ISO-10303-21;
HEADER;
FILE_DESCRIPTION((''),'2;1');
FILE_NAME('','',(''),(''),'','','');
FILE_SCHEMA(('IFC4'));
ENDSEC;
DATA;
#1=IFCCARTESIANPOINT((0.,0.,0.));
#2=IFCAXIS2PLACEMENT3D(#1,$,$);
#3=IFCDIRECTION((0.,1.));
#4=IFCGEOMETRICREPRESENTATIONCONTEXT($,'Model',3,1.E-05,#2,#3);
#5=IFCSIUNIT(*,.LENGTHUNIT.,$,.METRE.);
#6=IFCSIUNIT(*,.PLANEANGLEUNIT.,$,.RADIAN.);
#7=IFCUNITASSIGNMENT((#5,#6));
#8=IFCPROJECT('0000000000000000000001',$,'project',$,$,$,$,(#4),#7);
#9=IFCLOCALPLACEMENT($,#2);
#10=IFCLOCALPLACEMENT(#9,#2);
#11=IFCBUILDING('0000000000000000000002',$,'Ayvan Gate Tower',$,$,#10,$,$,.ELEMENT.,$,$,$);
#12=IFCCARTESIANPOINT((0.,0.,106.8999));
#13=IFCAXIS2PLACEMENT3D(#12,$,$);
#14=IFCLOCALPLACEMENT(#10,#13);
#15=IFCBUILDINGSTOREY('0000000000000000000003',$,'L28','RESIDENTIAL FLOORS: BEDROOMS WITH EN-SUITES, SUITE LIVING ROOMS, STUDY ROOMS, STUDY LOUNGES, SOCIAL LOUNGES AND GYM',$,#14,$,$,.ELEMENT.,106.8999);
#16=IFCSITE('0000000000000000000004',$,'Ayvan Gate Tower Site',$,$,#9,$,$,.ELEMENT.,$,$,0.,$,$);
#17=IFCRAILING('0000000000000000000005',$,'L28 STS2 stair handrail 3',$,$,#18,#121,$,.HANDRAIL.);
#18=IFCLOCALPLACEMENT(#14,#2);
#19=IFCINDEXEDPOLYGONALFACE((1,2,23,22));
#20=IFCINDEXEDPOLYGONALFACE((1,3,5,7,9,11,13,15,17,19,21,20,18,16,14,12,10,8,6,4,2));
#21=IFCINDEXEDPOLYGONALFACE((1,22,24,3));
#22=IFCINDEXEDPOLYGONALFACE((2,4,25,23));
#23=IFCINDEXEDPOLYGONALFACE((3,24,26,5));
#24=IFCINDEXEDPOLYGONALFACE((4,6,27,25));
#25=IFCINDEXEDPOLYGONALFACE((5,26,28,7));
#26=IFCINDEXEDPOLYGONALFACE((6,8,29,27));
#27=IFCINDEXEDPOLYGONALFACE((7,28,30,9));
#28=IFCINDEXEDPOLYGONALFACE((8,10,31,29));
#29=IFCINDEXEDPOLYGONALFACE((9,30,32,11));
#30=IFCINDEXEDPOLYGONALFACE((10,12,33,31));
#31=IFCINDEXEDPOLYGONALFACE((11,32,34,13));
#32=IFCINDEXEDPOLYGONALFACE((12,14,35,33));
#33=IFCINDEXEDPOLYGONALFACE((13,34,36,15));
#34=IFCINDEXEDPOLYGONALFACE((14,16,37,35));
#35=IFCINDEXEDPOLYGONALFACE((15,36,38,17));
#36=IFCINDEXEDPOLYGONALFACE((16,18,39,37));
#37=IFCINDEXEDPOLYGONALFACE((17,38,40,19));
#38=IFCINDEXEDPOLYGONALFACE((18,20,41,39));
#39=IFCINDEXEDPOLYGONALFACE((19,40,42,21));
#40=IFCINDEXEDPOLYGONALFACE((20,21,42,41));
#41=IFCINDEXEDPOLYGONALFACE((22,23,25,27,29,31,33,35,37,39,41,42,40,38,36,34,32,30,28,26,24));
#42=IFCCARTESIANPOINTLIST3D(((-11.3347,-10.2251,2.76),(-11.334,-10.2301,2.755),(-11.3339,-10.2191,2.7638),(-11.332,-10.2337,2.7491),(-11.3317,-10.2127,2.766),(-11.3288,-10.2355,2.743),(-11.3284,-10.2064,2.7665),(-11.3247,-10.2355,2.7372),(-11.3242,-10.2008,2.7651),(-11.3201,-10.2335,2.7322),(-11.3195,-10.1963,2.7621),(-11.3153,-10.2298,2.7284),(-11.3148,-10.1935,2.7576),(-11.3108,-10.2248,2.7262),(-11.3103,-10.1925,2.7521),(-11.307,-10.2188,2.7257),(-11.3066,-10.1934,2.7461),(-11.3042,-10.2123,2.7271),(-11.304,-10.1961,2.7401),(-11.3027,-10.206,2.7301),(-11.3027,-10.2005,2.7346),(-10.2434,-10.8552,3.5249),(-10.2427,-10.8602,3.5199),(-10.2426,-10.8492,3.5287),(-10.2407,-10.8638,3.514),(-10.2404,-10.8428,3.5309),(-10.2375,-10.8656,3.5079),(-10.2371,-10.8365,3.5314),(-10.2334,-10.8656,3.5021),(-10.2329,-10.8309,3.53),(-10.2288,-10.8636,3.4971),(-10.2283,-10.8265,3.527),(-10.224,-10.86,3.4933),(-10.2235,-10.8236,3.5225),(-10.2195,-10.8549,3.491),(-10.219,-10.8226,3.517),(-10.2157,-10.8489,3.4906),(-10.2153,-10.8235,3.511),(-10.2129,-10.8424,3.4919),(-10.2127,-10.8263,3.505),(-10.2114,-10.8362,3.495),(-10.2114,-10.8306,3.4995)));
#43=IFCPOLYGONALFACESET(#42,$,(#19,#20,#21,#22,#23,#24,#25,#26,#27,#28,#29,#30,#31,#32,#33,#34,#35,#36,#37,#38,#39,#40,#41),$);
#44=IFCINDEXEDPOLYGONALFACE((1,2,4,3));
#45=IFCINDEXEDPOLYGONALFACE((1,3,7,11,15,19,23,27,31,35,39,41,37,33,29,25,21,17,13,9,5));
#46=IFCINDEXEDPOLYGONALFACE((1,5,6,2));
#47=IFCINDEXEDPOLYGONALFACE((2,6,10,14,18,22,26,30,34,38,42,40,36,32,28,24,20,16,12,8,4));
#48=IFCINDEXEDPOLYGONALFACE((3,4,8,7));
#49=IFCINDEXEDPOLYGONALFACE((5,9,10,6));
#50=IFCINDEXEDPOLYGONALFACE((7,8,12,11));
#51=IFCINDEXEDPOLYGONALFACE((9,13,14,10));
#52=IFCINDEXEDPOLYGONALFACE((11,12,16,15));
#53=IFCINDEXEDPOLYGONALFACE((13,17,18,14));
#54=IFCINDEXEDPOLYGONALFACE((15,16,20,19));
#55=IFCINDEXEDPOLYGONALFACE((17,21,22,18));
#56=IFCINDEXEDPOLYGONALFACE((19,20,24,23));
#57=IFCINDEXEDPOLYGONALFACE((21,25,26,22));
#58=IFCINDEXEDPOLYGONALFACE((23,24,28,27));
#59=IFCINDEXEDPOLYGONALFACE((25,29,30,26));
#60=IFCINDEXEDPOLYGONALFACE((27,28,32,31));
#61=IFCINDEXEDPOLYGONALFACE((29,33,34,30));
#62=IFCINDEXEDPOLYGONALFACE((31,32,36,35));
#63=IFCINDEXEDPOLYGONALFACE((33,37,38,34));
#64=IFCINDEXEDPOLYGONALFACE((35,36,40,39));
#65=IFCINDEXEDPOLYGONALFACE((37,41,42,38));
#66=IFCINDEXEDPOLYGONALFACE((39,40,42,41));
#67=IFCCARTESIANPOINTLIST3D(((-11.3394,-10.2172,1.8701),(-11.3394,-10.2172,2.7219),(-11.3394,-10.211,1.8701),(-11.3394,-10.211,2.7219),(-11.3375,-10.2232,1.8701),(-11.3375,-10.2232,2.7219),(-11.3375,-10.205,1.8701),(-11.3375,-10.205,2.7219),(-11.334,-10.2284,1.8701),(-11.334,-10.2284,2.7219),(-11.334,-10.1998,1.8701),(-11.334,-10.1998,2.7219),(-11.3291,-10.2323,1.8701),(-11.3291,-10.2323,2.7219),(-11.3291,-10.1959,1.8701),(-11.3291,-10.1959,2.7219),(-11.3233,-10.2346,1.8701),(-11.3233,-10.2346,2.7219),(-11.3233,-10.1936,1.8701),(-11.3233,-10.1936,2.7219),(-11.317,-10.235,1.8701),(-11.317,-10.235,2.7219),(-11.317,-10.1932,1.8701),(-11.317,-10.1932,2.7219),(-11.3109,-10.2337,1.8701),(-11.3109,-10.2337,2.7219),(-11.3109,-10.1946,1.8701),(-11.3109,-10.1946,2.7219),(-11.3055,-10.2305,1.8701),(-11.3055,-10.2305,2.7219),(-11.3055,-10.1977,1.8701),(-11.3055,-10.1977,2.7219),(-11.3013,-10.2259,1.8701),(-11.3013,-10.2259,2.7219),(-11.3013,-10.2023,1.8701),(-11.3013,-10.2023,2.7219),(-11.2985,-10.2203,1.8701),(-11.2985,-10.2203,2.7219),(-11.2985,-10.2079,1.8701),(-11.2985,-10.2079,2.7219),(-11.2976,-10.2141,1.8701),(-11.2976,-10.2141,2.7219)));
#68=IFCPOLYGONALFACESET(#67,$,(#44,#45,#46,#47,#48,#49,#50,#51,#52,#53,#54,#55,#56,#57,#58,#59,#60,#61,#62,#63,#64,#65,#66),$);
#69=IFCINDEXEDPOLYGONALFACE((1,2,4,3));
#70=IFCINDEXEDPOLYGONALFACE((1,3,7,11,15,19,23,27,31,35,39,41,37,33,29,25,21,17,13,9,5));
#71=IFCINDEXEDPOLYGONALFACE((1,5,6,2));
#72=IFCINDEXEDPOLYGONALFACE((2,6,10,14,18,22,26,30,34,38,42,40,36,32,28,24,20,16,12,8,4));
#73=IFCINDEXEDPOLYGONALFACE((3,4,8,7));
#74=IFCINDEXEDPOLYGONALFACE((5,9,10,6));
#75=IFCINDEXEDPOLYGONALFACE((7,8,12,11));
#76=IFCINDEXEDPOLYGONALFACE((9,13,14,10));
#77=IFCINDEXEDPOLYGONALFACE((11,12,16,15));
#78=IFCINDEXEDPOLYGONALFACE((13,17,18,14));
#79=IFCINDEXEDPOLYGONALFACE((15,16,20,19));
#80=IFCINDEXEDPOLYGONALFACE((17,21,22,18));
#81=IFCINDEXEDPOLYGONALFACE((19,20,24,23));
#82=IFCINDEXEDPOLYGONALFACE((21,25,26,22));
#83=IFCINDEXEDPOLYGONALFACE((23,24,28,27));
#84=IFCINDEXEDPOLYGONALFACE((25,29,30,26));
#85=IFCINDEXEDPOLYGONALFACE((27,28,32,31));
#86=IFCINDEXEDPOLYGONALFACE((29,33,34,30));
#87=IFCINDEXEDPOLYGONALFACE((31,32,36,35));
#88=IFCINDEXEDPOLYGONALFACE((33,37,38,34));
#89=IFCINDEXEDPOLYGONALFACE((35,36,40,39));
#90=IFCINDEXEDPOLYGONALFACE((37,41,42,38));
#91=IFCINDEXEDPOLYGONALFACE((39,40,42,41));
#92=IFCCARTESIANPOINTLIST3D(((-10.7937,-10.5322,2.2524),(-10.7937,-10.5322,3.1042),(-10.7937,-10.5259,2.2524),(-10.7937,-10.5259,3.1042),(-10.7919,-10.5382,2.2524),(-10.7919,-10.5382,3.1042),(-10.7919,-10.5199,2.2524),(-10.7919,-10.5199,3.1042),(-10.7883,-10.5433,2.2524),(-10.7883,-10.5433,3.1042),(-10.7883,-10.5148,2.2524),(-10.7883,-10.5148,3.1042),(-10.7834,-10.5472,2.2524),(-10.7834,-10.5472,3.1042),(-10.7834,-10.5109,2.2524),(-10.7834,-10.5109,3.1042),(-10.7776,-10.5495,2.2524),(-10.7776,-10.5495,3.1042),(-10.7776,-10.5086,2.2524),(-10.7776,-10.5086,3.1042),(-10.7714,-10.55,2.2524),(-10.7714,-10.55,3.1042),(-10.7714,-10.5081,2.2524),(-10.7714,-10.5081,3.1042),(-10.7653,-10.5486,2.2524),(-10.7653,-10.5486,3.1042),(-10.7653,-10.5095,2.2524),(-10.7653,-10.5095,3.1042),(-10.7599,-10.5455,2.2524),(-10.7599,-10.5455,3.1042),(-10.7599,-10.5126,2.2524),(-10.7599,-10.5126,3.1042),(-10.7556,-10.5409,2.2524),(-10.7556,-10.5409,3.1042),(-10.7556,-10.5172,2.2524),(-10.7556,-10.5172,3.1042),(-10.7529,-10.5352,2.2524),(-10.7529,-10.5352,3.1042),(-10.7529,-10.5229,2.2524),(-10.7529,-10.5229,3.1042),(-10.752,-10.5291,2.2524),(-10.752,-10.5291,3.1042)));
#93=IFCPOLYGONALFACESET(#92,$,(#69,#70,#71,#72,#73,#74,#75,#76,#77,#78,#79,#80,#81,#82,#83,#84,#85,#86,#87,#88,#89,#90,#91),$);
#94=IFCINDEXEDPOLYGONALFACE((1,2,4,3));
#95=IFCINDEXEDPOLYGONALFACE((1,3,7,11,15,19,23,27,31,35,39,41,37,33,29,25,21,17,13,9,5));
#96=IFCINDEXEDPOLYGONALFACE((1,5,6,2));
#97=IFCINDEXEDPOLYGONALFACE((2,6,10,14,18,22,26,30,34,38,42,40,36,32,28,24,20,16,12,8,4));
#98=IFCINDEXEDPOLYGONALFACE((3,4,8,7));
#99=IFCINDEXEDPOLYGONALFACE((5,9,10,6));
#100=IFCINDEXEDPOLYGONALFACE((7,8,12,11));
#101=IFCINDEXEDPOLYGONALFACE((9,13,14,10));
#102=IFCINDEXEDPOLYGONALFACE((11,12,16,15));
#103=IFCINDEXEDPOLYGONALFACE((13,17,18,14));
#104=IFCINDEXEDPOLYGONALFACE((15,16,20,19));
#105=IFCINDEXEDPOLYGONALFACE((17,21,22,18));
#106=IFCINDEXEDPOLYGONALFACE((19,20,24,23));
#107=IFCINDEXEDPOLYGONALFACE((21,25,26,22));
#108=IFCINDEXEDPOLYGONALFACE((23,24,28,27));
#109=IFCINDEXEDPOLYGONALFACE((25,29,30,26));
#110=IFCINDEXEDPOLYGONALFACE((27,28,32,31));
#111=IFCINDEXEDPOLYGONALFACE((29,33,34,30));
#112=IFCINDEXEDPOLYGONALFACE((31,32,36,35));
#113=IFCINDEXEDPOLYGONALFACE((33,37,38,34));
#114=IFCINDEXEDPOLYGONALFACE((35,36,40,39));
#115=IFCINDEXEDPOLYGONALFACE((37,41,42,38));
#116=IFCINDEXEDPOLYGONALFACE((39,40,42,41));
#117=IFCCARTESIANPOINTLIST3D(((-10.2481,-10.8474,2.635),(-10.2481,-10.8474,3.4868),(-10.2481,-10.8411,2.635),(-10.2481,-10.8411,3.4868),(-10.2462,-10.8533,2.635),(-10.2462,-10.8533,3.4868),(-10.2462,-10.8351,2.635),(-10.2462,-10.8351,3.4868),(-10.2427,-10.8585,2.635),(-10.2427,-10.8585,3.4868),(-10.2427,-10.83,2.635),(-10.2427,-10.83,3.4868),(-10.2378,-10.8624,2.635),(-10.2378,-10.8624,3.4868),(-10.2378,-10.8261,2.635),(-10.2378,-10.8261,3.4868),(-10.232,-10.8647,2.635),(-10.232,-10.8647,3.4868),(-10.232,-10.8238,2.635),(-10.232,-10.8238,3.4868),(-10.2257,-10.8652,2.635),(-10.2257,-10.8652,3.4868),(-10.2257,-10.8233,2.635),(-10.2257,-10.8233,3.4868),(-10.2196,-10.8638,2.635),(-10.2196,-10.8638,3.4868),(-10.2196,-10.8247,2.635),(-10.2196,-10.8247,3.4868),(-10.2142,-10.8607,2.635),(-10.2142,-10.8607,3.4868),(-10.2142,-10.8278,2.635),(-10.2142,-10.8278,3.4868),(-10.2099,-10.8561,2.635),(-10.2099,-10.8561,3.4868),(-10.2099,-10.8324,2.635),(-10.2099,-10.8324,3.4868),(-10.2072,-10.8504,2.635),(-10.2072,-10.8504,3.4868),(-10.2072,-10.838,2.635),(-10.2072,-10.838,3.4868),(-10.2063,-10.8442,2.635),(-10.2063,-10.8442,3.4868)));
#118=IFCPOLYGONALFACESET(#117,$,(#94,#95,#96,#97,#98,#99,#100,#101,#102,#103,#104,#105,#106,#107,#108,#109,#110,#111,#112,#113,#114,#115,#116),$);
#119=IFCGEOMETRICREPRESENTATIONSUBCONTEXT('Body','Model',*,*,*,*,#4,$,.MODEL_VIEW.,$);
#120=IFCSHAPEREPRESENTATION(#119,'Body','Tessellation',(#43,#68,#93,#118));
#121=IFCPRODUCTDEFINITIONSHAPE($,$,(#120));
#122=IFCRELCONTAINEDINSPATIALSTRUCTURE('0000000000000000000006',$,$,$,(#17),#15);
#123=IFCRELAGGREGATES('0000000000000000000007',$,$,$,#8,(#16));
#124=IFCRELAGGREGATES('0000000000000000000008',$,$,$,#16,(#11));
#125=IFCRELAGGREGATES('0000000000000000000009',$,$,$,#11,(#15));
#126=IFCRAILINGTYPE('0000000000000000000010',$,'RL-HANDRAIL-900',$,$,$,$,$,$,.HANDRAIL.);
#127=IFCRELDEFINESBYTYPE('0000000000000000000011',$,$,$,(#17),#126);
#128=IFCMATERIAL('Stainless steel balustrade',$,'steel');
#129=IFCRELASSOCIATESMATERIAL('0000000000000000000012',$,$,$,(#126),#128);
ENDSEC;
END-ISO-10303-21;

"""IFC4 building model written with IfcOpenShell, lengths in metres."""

from ifc_helpers import new_model, si_unit, direction, frame, origin, origin_2d, place, context, subcontext, project, spatial, circle, extrude, material, type_object, element, save


model = new_model("IFC4")

# Units and contexts
model_context = context("Model", 3, precision=1e-05, world=origin(), true_north=direction((0.0, 1.0)))
body_context = subcontext(model_context, "Body", "Model", "MODEL_VIEW")
ifc_project = project(units=[si_unit("LENGTHUNIT", "METRE"), si_unit("PLANEANGLEUNIT", "RADIAN")], contexts=[model_context])

# Site, building, storey
site_placement = place(None, origin())
site = spatial("IfcSite", under=ifc_project, at=site_placement, Name="Ayvan Gate Tower Site", CompositionType="ELEMENT", RefElevation=0.0)
building_placement = place(site_placement, origin())
building = spatial("IfcBuilding", under=site, at=building_placement, Name="Ayvan Gate Tower", CompositionType="ELEMENT")
storey_placement = place(building_placement, frame((0.0, 0.0, 106.8999)))
storey = spatial("IfcBuildingStorey", under=building, at=storey_placement, Name="L28", Description="RESIDENTIAL FLOORS: BEDROOMS WITH EN-SUITES, SUITE LIVING ROOMS, STUDY ROOMS, STUDY LOUNGES, SOCIAL LOUNGES AND GYM", CompositionType="ELEMENT", Elevation=106.8999)

# Railing
ifc_material_1 = material(Name="Stainless steel balustrade", Category="steel")
railing_type_1 = type_object("IfcRailingType", Name="RL-HANDRAIL-900", PredefinedType="HANDRAIL", material=ifc_material_1)
railing_1_placement = place(storey_placement, frame((-11.3186, -10.2141, 1.8701)))
element("IfcRailing", 1, at=railing_1_placement, inside=storey, type_object=railing_type_1, Name="L28 STS2 stair handrail 3", PredefinedType="HANDRAIL", context=body_context, shape_type="SweptSolid", body=[
    extrude(circle(Radius=0.0239, at=origin_2d()), frame((0.0, 0.0, 0.876), z_axis=(0.740304, -0.427455, 0.518875), x_axis=(0.500035, 0.866005, 0.0)), (0.0, 0.0, 1.0), 1.4741),
    extrude(circle(Radius=0.021, at=origin_2d()), origin(), (0.0, 0.0, 1.0), 0.8518),
    extrude(circle(Radius=0.021, at=origin_2d()), frame((0.5457, -0.3149, 0.3823)), (0.0, 0.0, 1.0), 0.8518),
    extrude(circle(Radius=0.021, at=origin_2d()), frame((1.0913, -0.6301, 0.7649)), (0.0, 0.0, 1.0), 0.8518),
])

save(model, "model.ifc")
